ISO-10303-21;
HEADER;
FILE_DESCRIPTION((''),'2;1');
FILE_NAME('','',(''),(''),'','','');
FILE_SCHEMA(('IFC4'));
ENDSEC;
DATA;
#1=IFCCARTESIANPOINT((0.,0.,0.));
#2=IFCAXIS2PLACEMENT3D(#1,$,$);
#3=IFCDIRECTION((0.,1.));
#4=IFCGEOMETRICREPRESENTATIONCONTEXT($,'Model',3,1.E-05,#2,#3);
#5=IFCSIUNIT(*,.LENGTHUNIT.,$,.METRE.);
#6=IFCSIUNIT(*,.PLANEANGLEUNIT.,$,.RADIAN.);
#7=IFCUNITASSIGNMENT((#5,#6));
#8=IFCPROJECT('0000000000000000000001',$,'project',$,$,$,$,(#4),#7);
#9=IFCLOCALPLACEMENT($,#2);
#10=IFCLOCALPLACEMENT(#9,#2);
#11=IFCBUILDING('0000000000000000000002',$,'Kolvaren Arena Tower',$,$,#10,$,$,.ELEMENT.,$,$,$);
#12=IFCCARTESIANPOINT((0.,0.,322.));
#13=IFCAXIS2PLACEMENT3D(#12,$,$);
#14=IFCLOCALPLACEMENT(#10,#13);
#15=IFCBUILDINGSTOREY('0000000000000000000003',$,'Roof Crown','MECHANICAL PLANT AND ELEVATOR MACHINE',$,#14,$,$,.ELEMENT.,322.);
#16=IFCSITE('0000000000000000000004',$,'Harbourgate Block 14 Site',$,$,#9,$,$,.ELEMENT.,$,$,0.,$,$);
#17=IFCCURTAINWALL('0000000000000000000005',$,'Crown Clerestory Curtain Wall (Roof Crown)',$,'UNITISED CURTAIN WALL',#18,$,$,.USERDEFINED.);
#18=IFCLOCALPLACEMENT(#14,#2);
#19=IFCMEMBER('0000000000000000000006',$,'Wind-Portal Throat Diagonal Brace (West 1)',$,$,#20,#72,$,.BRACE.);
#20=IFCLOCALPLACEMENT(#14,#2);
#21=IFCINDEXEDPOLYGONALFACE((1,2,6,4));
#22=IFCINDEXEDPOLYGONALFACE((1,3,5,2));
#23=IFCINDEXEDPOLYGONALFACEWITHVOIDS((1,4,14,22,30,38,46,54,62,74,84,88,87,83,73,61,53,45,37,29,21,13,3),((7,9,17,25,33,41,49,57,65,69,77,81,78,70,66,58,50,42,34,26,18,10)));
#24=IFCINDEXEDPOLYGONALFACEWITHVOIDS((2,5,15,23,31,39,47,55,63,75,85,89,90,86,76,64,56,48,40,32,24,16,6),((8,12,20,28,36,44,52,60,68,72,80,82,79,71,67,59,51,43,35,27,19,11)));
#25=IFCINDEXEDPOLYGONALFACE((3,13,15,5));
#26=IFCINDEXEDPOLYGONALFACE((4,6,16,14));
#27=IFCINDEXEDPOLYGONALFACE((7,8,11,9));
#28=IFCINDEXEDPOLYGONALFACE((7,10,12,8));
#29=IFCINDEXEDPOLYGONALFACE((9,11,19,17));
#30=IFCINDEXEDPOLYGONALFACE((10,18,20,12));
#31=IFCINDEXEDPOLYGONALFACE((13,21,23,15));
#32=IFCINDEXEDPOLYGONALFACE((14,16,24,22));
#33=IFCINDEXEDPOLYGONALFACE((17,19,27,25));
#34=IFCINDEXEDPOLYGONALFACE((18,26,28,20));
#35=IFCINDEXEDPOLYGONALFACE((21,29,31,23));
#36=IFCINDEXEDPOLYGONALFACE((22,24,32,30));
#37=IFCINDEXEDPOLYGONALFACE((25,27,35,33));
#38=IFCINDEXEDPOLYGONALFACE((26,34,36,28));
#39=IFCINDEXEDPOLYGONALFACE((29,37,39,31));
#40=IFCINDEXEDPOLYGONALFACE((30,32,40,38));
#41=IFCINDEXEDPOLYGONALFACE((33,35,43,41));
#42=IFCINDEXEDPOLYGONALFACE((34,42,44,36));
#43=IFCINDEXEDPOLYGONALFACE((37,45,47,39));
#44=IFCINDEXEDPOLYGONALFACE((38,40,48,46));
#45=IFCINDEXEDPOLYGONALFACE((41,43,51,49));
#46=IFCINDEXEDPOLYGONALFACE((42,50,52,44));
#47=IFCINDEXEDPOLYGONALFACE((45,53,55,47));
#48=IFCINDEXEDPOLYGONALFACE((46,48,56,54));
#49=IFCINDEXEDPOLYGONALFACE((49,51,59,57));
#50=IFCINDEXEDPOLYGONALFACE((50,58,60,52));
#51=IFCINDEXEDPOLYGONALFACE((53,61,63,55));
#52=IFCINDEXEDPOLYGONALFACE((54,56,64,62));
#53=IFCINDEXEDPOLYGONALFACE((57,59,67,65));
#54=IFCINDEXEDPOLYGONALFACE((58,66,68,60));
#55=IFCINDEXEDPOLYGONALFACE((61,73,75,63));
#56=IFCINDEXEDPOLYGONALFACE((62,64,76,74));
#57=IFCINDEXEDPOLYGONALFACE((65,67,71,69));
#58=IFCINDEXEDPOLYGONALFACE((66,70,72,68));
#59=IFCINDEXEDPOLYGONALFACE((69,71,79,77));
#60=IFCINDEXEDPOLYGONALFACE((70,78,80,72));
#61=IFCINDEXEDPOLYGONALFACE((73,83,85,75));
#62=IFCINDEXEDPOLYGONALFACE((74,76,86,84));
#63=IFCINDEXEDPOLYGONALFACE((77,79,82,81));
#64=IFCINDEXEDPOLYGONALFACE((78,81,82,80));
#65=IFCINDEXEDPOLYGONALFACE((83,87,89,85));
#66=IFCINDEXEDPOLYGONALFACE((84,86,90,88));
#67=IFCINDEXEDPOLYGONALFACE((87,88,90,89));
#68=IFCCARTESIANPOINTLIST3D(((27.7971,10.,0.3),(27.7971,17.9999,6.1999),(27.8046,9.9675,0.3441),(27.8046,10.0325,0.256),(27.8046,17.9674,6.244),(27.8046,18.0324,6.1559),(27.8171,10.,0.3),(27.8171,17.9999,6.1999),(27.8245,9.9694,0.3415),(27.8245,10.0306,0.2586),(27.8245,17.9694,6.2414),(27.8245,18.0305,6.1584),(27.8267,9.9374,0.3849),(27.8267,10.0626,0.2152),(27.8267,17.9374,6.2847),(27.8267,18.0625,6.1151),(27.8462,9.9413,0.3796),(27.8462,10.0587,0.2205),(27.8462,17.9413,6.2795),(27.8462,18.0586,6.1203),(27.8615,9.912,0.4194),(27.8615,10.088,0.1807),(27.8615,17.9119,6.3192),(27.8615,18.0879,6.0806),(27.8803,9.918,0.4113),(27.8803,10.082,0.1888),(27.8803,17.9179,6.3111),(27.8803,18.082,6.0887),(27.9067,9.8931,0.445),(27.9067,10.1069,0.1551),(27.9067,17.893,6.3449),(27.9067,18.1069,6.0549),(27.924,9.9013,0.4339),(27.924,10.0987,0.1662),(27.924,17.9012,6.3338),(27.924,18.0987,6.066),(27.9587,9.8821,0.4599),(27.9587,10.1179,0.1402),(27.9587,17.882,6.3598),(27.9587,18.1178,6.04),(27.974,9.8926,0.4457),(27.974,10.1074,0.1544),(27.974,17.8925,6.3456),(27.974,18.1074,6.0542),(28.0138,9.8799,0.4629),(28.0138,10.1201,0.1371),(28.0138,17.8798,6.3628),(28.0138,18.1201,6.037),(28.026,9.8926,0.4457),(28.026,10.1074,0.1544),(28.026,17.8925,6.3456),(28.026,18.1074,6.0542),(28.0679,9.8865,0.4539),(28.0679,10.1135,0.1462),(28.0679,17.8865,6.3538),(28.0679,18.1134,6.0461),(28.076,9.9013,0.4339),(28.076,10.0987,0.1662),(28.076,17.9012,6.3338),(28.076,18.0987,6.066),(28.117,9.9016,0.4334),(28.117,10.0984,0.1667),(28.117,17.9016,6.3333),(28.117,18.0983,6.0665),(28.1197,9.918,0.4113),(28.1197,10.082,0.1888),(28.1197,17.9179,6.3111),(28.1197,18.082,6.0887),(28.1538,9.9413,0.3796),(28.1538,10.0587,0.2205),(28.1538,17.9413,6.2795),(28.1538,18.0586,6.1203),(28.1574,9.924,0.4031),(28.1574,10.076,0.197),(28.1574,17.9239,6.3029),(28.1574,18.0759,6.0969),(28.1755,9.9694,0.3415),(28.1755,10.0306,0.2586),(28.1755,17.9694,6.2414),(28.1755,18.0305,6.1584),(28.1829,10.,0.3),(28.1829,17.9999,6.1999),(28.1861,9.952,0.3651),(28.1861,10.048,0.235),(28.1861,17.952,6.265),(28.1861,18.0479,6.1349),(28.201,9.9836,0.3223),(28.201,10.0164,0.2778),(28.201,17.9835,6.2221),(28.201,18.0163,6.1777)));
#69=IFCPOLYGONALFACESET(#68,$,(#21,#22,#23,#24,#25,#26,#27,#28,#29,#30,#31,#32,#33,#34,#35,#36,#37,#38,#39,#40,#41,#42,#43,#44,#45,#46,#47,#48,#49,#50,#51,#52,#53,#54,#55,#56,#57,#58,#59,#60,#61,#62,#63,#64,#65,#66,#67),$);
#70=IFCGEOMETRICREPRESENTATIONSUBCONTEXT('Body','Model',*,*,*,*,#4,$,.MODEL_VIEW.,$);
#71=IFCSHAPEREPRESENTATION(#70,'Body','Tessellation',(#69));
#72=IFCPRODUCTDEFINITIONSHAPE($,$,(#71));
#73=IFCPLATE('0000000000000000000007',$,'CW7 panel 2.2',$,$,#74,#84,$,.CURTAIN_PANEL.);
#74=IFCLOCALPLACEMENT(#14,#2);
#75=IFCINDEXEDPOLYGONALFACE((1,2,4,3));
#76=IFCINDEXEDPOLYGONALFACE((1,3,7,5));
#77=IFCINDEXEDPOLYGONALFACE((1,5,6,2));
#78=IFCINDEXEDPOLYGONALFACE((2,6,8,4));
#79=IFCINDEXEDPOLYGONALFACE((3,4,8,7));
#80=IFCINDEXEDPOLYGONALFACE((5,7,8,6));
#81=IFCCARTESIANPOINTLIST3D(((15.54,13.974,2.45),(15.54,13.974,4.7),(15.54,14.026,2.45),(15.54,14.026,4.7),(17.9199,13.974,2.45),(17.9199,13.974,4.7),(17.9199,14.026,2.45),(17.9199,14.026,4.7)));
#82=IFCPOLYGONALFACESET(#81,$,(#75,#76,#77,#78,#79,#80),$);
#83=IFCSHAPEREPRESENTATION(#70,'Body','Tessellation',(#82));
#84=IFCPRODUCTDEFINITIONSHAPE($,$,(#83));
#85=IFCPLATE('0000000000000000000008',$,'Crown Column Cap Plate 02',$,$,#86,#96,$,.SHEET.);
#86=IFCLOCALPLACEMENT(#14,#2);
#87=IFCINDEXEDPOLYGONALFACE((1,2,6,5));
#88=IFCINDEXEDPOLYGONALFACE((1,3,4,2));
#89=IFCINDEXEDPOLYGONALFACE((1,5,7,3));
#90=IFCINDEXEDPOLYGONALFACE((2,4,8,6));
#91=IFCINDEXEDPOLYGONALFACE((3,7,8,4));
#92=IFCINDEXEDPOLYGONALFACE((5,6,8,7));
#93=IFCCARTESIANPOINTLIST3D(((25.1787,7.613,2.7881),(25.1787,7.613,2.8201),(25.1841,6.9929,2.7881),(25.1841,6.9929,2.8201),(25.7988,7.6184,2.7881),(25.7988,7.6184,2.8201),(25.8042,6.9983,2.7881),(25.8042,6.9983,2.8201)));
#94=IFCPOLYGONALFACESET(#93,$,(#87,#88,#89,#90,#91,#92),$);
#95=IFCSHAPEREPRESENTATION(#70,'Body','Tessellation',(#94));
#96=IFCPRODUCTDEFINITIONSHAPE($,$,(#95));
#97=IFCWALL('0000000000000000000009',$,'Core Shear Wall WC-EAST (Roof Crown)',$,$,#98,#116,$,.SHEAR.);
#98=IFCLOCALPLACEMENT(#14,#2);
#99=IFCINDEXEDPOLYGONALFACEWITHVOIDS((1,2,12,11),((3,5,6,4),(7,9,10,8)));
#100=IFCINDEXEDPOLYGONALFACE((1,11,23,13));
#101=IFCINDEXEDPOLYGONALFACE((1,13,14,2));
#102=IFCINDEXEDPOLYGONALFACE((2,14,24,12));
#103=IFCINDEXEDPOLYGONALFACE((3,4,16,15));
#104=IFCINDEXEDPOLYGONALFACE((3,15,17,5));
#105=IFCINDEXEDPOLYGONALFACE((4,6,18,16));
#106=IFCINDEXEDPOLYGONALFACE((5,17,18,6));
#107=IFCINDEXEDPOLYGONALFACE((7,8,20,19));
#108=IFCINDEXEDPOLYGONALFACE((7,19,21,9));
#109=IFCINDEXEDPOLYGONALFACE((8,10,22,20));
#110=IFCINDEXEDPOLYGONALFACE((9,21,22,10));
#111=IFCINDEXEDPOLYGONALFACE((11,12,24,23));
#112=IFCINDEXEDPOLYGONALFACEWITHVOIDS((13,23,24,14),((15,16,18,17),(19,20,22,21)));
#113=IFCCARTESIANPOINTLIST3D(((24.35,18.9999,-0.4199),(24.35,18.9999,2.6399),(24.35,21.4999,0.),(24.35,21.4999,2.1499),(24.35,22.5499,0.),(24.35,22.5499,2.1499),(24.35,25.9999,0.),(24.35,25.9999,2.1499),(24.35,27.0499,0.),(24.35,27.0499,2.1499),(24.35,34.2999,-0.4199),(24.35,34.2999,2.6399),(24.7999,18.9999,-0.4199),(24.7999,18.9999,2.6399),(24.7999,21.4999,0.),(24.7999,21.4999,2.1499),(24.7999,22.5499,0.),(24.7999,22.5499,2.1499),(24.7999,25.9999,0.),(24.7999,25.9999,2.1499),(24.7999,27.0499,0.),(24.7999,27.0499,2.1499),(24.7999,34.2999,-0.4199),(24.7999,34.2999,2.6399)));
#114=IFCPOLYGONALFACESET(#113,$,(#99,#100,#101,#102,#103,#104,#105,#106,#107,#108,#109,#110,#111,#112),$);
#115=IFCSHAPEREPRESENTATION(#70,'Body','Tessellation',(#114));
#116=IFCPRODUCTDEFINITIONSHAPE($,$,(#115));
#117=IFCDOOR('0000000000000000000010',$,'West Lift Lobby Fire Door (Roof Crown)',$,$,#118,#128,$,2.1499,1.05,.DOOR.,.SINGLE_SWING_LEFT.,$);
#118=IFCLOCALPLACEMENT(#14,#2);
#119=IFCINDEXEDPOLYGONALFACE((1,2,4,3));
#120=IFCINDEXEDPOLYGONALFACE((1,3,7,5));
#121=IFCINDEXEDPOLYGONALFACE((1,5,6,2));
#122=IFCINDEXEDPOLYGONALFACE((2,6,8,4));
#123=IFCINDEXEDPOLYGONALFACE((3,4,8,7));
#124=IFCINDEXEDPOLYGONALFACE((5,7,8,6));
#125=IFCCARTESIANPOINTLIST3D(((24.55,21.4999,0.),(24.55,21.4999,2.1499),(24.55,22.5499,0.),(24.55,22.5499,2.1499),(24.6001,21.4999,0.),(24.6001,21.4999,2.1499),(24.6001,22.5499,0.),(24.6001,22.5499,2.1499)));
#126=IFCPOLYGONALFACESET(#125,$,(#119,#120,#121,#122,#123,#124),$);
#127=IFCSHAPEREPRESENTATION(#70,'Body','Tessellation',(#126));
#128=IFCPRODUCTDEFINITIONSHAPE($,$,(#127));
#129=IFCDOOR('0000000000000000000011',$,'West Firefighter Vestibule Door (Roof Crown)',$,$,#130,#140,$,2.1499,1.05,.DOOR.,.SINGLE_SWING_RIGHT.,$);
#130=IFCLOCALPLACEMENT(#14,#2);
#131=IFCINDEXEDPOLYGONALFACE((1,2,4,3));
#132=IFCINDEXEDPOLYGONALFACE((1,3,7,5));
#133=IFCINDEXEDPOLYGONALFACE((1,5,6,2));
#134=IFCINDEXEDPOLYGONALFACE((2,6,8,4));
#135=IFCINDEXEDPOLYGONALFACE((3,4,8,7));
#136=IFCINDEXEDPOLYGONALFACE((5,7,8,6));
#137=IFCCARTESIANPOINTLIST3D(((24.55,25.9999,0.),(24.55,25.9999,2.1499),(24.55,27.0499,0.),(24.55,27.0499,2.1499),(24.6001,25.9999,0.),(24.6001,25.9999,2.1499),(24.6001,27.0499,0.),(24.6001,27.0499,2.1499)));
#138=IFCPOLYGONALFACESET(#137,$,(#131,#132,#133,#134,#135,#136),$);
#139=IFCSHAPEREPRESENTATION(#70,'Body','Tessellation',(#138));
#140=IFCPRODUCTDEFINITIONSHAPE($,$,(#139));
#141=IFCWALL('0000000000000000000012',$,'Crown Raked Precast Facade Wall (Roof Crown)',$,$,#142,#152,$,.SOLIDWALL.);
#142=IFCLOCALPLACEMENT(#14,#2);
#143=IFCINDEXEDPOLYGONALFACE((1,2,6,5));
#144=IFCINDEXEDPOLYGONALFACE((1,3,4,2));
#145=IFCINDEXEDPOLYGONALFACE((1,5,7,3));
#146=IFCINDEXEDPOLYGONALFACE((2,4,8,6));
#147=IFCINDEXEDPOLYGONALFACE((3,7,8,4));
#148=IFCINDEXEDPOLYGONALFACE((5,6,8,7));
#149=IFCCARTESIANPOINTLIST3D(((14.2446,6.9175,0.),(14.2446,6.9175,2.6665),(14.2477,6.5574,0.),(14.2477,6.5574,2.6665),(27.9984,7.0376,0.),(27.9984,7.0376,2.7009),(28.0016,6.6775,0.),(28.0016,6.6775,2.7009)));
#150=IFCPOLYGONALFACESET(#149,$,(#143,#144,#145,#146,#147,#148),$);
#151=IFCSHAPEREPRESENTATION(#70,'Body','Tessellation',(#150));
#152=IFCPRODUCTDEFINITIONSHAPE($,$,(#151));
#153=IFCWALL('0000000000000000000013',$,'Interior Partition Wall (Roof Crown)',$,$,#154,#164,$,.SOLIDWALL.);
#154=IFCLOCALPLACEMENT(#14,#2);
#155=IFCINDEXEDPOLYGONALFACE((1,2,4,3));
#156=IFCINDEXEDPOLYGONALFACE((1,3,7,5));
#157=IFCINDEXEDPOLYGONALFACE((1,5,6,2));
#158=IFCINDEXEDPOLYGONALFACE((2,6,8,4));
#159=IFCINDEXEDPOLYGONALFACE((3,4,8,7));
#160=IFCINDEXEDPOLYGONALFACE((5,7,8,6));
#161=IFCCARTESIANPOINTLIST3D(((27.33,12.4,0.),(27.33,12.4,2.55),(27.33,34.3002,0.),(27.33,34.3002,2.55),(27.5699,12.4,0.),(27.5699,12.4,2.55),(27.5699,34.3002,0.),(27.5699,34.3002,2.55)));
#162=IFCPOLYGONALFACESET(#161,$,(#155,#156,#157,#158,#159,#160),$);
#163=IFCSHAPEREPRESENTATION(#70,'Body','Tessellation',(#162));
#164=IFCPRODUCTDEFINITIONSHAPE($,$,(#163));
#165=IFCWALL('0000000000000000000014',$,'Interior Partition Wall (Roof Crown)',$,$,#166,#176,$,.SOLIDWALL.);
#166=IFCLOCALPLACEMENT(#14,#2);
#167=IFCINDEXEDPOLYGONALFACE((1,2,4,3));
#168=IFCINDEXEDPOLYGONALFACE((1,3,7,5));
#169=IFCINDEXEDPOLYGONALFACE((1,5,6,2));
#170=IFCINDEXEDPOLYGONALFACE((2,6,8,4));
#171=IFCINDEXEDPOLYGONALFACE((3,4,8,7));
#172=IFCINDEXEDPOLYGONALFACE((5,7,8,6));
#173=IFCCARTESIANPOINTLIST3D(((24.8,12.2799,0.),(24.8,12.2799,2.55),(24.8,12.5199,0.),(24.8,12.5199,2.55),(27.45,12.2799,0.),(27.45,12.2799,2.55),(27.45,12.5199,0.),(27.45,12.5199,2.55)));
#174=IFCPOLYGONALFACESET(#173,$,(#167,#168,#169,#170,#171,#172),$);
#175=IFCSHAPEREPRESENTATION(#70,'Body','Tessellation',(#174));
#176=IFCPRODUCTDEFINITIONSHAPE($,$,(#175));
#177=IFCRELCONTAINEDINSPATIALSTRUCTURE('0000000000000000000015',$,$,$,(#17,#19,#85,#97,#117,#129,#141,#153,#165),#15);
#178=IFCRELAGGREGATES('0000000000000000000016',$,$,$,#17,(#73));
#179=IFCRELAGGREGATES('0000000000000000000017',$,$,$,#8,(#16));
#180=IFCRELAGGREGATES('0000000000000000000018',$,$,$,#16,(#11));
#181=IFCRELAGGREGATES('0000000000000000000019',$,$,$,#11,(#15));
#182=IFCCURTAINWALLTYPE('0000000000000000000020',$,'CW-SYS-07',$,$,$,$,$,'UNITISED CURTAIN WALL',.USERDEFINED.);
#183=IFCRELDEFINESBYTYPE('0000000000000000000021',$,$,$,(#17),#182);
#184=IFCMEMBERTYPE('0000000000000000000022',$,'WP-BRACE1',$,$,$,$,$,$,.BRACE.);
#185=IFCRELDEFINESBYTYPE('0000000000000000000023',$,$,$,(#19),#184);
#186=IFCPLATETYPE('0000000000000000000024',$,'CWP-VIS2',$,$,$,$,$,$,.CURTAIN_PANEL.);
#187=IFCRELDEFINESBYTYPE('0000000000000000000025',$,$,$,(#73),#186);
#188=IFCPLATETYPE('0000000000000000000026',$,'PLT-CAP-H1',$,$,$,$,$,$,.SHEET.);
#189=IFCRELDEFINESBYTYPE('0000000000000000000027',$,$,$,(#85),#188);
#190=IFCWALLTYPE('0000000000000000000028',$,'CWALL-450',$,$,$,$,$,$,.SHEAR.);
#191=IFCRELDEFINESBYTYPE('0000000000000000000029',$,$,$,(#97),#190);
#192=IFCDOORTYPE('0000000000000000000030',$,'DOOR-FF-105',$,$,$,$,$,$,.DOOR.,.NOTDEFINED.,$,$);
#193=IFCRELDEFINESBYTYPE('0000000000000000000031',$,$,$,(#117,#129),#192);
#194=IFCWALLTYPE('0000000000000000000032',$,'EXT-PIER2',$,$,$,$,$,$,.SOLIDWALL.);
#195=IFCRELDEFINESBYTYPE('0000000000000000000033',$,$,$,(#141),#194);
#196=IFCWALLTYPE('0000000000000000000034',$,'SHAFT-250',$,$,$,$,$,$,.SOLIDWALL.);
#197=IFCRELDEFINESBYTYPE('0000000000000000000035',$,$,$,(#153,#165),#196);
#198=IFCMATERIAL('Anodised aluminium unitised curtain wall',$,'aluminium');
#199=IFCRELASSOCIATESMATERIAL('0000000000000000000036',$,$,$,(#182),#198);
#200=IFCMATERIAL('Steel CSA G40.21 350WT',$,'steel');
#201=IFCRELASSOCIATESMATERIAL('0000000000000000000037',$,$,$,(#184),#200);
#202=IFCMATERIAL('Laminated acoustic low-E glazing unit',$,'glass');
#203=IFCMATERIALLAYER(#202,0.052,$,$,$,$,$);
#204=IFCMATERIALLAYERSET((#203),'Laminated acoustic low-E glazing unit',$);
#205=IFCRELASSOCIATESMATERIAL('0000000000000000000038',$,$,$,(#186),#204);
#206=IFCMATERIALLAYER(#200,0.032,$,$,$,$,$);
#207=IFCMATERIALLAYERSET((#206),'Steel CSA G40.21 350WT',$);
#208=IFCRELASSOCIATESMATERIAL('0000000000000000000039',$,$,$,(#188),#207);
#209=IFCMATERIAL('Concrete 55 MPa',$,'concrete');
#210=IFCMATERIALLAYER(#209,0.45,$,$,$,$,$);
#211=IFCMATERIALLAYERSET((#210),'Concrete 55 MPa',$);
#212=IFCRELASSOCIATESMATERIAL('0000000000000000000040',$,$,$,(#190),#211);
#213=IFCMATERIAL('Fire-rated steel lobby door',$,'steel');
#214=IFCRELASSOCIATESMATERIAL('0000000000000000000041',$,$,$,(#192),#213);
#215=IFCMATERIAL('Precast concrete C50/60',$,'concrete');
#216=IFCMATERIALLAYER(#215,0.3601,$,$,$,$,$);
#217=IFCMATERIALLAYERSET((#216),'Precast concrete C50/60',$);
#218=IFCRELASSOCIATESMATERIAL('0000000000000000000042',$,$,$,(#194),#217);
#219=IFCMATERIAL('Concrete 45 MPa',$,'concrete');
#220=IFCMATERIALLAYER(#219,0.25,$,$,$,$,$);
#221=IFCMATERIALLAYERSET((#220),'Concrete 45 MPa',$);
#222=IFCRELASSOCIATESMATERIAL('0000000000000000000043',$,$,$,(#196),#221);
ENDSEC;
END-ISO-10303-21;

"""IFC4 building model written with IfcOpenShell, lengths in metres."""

from ifc_helpers import new_model, si_unit, direction, frame, frame_2d, origin, origin_2d, place, context, subcontext, project, spatial, polyline, rectangle, hollow_circle, outline, extrude, material, layer, layer_set, material_profile, profile_set, type_object, element, fill, aggregate, save


model = new_model("IFC4")

# Units and contexts
model_context = context("Model", 3, precision=1e-05, world=origin(), true_north=direction((0.0, 1.0)))
body_context = subcontext(model_context, "Body", "Model", "MODEL_VIEW")
ifc_project = project(units=[si_unit("LENGTHUNIT", "METRE"), si_unit("PLANEANGLEUNIT", "RADIAN")], contexts=[model_context])

# Site, building, storey
site_placement = place(None, origin())
site = spatial("IfcSite", under=ifc_project, at=site_placement, Name="Harbourgate Block 14 Site", CompositionType="ELEMENT", RefElevation=0.0)
building_placement = place(site_placement, origin())
building = spatial("IfcBuilding", under=site, at=building_placement, Name="Kolvaren Arena Tower", CompositionType="ELEMENT")
storey_placement = place(building_placement, frame((0.0, 0.0, 322.0)))
storey = spatial("IfcBuildingStorey", under=building, at=storey_placement, Name="Roof Crown", Description="MECHANICAL PLANT AND ELEVATOR MACHINE", CompositionType="ELEMENT", Elevation=322.0)

# Shared definitions
ifc_material_1 = material(Name="Precast concrete C50/60", Category="concrete")

# Shared definitions
ifc_material_2 = material(Name="Steel CSA G40.21 350WT", Category="steel")

# Curtain wall
ifc_material_3 = material(Name="Anodised aluminium unitised curtain wall", Category="aluminium")
curtain_wall_type_1 = type_object("IfcCurtainWallType", Name="CW-SYS-07", ElementType="UNITISED CURTAIN WALL", PredefinedType="USERDEFINED", material=ifc_material_3)
curtain_wall_1_placement = place(storey_placement, origin())
curtain_wall_1 = element("IfcCurtainWall", 1, at=curtain_wall_1_placement, inside=storey, type_object=curtain_wall_type_1, Name="Crown Clerestory Curtain Wall (Roof Crown)", ObjectType="UNITISED CURTAIN WALL", PredefinedType="USERDEFINED")

# Member
ifc_material_profile_1 = material_profile(ifc_material_2, hollow_circle(Radius=0.2029, WallThickness=0.02, at=origin_2d()), Name="CHS 406x20")
ifc_profile_set_1 = profile_set([ifc_material_profile_1], Name="Steel CSA G40.21 350WT")
member_type_1 = type_object("IfcMemberType", Name="WP-BRACE1", PredefinedType="BRACE", material=ifc_profile_set_1)
member_1_placement = place(storey_placement, frame((28.0, 10.0, 0.3), z_axis=(0.0, 0.804808, 0.593536), x_axis=(-1.0, 0.0, 0.0)))
element("IfcMember", 2, at=member_1_placement, inside=storey, type_object=member_type_1, Name="Wind-Portal Throat Diagonal Brace (West 1)", PredefinedType="BRACE", context=body_context, shape_type="SweptSolid", body=[
    extrude(hollow_circle(Radius=0.2029, WallThickness=0.02, at=origin_2d()), origin(), (0.0, 0.0, 1.0), 9.9402),
])

# Plates
ifc_material_4 = material(Name="Laminated acoustic low-E glazing unit", Category="glass")
ifc_layer_1 = layer(ifc_material_4, 0.052)
ifc_layer_set_1 = layer_set([ifc_layer_1], Name="Laminated acoustic low-E glazing unit")
plate_type_1 = type_object("IfcPlateType", Name="CWP-VIS2", PredefinedType="CURTAIN_PANEL", material=ifc_layer_set_1)
plate_1_placement = place(storey_placement, frame((16.73, 14.0, 2.45), z_axis=(0.0, 0.0, 1.0), x_axis=(1.0, 0.0, 0.0)))
plate_1 = element("IfcPlate", 3, at=plate_1_placement, type_object=plate_type_1, Name="CW7 panel 2.2", PredefinedType="CURTAIN_PANEL", context=body_context, shape_type="SweptSolid", body=[
    extrude(rectangle(XDim=2.3799, YDim=0.052, at=origin_2d()), origin(), (0.0, 0.0, 1.0), 2.25),
])
aggregate(curtain_wall_1, [plate_1])
ifc_layer_2 = layer(ifc_material_2, 0.032)
ifc_layer_set_2 = layer_set([ifc_layer_2], Name="Steel CSA G40.21 350WT")
plate_type_2 = type_object("IfcPlateType", Name="PLT-CAP-H1", PredefinedType="SHEET", material=ifc_layer_set_2)
plate_2_placement = place(storey_placement, frame((25.4915, 7.3057, 2.7881), z_axis=(0.0, 0.0, 1.0), x_axis=(0.999962, 0.008727, 0.0)))
element("IfcPlate", 4, at=plate_2_placement, inside=storey, type_object=plate_type_2, Name="Crown Column Cap Plate 02", PredefinedType="SHEET", context=body_context, shape_type="SweptSolid", body=[
    extrude(rectangle(XDim=0.6201, YDim=0.6201, at=origin_2d()), origin(), (0.0, 0.0, 1.0), 0.032),
])

# Wall, openings, doors
ifc_material_5 = material(Name="Concrete 55 MPa", Category="concrete")
ifc_layer_3 = layer(ifc_material_5, 0.45)
ifc_layer_set_3 = layer_set([ifc_layer_3], Name="Concrete 55 MPa")
wall_type_1 = type_object("IfcWallType", Name="CWALL-450", PredefinedType="SHEAR", material=ifc_layer_set_3)
wall_1_placement = place(storey_placement, frame((24.575, 19.0, -0.4199), z_axis=(0.0, 0.0, 1.0), x_axis=(0.0, 1.0, 0.0)))
wall_1 = element("IfcWall", 5, at=wall_1_placement, inside=storey, type_object=wall_type_1, Name="Core Shear Wall WC-EAST (Roof Crown)", PredefinedType="SHEAR", context=body_context, shape_type="SweptSolid", body=[
    extrude(rectangle(XDim=15.3, YDim=0.45, at=frame_2d((7.6499, 0.0))), origin(), (0.0, 0.0, 1.0), 3.0598),
])
opening_1_placement = place(wall_1_placement, frame((2.5, 0.0, 0.4199)))
opening_1 = element("IfcOpeningElement", 6, at=opening_1_placement, cuts=wall_1, PredefinedType="OPENING", context=body_context, shape_type="SweptSolid", body=[
    extrude(rectangle(XDim=1.05, YDim=2.1499, at=frame_2d((0.5249, 1.075))), frame((0.0, 0.2349, 0.0), z_axis=(0.0, -1.0, 0.0), x_axis=(1.0, 0.0, 0.0)), (0.0, 0.0, 1.0), 0.47),
])
opening_2_placement = place(wall_1_placement, frame((7.0, 0.0, 0.4199)))
opening_2 = element("IfcOpeningElement", 7, at=opening_2_placement, cuts=wall_1, PredefinedType="OPENING", context=body_context, shape_type="SweptSolid", body=[
    extrude(rectangle(XDim=1.05, YDim=2.1499, at=frame_2d((0.5249, 1.075))), frame((0.0, 0.2349, 0.0), z_axis=(0.0, -1.0, 0.0), x_axis=(1.0, 0.0, 0.0)), (0.0, 0.0, 1.0), 0.47),
])
ifc_material_6 = material(Name="Fire-rated steel lobby door", Category="steel")
door_type_1 = type_object("IfcDoorType", Name="DOOR-FF-105", OperationType="NOTDEFINED", PredefinedType="DOOR", material=ifc_material_6)
door_1_placement = place(opening_1_placement, origin())
door_1 = element("IfcDoor", 8, at=door_1_placement, inside=storey, type_object=door_type_1, Name="West Lift Lobby Fire Door (Roof Crown)", OperationType="SINGLE_SWING_LEFT", OverallHeight=2.1499, OverallWidth=1.05, PredefinedType="DOOR", context=body_context, shape_type="SweptSolid", body=[
    extrude(rectangle(XDim=1.05, YDim=2.1499, at=frame_2d((0.5249, 1.075))), frame((0.0, 0.0249, 0.0), z_axis=(0.0, -1.0, 0.0), x_axis=(1.0, 0.0, 0.0)), (0.0, 0.0, 1.0), 0.05),
])
fill(opening_1, door_1)
door_2_placement = place(opening_2_placement, origin())
door_2 = element("IfcDoor", 9, at=door_2_placement, inside=storey, type_object=door_type_1, Name="West Firefighter Vestibule Door (Roof Crown)", OperationType="SINGLE_SWING_RIGHT", OverallHeight=2.1499, OverallWidth=1.05, PredefinedType="DOOR", context=body_context, shape_type="SweptSolid", body=[
    extrude(rectangle(XDim=1.05, YDim=2.1499, at=frame_2d((0.5249, 1.075))), frame((0.0, 0.0249, 0.0), z_axis=(0.0, -1.0, 0.0), x_axis=(1.0, 0.0, 0.0)), (0.0, 0.0, 1.0), 0.05),
])
fill(opening_2, door_2)

# Walls
ifc_layer_4 = layer(ifc_material_1, 0.3601)
ifc_layer_set_4 = layer_set([ifc_layer_4], Name="Precast concrete C50/60")
wall_type_2 = type_object("IfcWallType", Name="EXT-PIER2", PredefinedType="SOLIDWALL", material=ifc_layer_set_4)
wall_2_placement = place(storey_placement, frame((28.0, 6.8577, 0.0), z_axis=(0.0, 0.0, 1.0), x_axis=(-0.999962, -0.008733, 0.0)))
element("IfcWall", 10, at=wall_2_placement, inside=storey, type_object=wall_type_2, Name="Crown Raked Precast Facade Wall (Roof Crown)", PredefinedType="SOLIDWALL", context=body_context, shape_type="SweptSolid", body=[
    extrude(outline(polyline([(0.0, 0.0), (13.7544, 0.0), (13.7544, 2.6665), (0.0, 2.7009), (0.0, 0.0)])), frame((0.0, 0.1802, 0.0), z_axis=(0.0, -1.0, 0.0), x_axis=(1.0, 0.0, 0.0)), (0.0, 0.0, 1.0), 0.3601),
])
ifc_material_7 = material(Name="Concrete 45 MPa", Category="concrete")
ifc_layer_5 = layer(ifc_material_7, 0.25)
ifc_layer_set_5 = layer_set([ifc_layer_5], Name="Concrete 45 MPa")
wall_type_3 = type_object("IfcWallType", Name="SHAFT-250", PredefinedType="SOLIDWALL", material=ifc_layer_set_5)
wall_3_placement = place(storey_placement, frame((27.45, 12.3999, 0.0), z_axis=(0.0, 0.0, 1.0), x_axis=(0.0, 1.0, 0.0)))
element("IfcWall", 11, at=wall_3_placement, inside=storey, type_object=wall_type_3, Name="Interior Partition Wall (Roof Crown)", PredefinedType="SOLIDWALL", context=body_context, shape_type="SweptSolid", body=[
    extrude(rectangle(XDim=21.9001, YDim=0.24, at=frame_2d((10.9502, 0.0))), origin(), (0.0, 0.0, 1.0), 2.55),
])
wall_4_placement = place(storey_placement, frame((24.8, 12.3999, 0.0), z_axis=(0.0, 0.0, 1.0), x_axis=(1.0, 0.0, 0.0)))
element("IfcWall", 12, at=wall_4_placement, inside=storey, type_object=wall_type_3, Name="Interior Partition Wall (Roof Crown)", PredefinedType="SOLIDWALL", context=body_context, shape_type="SweptSolid", body=[
    extrude(rectangle(XDim=2.6499, YDim=0.24, at=frame_2d((1.325, 0.0))), origin(), (0.0, 0.0, 1.0), 2.55),
])

save(model, "model.ifc")
